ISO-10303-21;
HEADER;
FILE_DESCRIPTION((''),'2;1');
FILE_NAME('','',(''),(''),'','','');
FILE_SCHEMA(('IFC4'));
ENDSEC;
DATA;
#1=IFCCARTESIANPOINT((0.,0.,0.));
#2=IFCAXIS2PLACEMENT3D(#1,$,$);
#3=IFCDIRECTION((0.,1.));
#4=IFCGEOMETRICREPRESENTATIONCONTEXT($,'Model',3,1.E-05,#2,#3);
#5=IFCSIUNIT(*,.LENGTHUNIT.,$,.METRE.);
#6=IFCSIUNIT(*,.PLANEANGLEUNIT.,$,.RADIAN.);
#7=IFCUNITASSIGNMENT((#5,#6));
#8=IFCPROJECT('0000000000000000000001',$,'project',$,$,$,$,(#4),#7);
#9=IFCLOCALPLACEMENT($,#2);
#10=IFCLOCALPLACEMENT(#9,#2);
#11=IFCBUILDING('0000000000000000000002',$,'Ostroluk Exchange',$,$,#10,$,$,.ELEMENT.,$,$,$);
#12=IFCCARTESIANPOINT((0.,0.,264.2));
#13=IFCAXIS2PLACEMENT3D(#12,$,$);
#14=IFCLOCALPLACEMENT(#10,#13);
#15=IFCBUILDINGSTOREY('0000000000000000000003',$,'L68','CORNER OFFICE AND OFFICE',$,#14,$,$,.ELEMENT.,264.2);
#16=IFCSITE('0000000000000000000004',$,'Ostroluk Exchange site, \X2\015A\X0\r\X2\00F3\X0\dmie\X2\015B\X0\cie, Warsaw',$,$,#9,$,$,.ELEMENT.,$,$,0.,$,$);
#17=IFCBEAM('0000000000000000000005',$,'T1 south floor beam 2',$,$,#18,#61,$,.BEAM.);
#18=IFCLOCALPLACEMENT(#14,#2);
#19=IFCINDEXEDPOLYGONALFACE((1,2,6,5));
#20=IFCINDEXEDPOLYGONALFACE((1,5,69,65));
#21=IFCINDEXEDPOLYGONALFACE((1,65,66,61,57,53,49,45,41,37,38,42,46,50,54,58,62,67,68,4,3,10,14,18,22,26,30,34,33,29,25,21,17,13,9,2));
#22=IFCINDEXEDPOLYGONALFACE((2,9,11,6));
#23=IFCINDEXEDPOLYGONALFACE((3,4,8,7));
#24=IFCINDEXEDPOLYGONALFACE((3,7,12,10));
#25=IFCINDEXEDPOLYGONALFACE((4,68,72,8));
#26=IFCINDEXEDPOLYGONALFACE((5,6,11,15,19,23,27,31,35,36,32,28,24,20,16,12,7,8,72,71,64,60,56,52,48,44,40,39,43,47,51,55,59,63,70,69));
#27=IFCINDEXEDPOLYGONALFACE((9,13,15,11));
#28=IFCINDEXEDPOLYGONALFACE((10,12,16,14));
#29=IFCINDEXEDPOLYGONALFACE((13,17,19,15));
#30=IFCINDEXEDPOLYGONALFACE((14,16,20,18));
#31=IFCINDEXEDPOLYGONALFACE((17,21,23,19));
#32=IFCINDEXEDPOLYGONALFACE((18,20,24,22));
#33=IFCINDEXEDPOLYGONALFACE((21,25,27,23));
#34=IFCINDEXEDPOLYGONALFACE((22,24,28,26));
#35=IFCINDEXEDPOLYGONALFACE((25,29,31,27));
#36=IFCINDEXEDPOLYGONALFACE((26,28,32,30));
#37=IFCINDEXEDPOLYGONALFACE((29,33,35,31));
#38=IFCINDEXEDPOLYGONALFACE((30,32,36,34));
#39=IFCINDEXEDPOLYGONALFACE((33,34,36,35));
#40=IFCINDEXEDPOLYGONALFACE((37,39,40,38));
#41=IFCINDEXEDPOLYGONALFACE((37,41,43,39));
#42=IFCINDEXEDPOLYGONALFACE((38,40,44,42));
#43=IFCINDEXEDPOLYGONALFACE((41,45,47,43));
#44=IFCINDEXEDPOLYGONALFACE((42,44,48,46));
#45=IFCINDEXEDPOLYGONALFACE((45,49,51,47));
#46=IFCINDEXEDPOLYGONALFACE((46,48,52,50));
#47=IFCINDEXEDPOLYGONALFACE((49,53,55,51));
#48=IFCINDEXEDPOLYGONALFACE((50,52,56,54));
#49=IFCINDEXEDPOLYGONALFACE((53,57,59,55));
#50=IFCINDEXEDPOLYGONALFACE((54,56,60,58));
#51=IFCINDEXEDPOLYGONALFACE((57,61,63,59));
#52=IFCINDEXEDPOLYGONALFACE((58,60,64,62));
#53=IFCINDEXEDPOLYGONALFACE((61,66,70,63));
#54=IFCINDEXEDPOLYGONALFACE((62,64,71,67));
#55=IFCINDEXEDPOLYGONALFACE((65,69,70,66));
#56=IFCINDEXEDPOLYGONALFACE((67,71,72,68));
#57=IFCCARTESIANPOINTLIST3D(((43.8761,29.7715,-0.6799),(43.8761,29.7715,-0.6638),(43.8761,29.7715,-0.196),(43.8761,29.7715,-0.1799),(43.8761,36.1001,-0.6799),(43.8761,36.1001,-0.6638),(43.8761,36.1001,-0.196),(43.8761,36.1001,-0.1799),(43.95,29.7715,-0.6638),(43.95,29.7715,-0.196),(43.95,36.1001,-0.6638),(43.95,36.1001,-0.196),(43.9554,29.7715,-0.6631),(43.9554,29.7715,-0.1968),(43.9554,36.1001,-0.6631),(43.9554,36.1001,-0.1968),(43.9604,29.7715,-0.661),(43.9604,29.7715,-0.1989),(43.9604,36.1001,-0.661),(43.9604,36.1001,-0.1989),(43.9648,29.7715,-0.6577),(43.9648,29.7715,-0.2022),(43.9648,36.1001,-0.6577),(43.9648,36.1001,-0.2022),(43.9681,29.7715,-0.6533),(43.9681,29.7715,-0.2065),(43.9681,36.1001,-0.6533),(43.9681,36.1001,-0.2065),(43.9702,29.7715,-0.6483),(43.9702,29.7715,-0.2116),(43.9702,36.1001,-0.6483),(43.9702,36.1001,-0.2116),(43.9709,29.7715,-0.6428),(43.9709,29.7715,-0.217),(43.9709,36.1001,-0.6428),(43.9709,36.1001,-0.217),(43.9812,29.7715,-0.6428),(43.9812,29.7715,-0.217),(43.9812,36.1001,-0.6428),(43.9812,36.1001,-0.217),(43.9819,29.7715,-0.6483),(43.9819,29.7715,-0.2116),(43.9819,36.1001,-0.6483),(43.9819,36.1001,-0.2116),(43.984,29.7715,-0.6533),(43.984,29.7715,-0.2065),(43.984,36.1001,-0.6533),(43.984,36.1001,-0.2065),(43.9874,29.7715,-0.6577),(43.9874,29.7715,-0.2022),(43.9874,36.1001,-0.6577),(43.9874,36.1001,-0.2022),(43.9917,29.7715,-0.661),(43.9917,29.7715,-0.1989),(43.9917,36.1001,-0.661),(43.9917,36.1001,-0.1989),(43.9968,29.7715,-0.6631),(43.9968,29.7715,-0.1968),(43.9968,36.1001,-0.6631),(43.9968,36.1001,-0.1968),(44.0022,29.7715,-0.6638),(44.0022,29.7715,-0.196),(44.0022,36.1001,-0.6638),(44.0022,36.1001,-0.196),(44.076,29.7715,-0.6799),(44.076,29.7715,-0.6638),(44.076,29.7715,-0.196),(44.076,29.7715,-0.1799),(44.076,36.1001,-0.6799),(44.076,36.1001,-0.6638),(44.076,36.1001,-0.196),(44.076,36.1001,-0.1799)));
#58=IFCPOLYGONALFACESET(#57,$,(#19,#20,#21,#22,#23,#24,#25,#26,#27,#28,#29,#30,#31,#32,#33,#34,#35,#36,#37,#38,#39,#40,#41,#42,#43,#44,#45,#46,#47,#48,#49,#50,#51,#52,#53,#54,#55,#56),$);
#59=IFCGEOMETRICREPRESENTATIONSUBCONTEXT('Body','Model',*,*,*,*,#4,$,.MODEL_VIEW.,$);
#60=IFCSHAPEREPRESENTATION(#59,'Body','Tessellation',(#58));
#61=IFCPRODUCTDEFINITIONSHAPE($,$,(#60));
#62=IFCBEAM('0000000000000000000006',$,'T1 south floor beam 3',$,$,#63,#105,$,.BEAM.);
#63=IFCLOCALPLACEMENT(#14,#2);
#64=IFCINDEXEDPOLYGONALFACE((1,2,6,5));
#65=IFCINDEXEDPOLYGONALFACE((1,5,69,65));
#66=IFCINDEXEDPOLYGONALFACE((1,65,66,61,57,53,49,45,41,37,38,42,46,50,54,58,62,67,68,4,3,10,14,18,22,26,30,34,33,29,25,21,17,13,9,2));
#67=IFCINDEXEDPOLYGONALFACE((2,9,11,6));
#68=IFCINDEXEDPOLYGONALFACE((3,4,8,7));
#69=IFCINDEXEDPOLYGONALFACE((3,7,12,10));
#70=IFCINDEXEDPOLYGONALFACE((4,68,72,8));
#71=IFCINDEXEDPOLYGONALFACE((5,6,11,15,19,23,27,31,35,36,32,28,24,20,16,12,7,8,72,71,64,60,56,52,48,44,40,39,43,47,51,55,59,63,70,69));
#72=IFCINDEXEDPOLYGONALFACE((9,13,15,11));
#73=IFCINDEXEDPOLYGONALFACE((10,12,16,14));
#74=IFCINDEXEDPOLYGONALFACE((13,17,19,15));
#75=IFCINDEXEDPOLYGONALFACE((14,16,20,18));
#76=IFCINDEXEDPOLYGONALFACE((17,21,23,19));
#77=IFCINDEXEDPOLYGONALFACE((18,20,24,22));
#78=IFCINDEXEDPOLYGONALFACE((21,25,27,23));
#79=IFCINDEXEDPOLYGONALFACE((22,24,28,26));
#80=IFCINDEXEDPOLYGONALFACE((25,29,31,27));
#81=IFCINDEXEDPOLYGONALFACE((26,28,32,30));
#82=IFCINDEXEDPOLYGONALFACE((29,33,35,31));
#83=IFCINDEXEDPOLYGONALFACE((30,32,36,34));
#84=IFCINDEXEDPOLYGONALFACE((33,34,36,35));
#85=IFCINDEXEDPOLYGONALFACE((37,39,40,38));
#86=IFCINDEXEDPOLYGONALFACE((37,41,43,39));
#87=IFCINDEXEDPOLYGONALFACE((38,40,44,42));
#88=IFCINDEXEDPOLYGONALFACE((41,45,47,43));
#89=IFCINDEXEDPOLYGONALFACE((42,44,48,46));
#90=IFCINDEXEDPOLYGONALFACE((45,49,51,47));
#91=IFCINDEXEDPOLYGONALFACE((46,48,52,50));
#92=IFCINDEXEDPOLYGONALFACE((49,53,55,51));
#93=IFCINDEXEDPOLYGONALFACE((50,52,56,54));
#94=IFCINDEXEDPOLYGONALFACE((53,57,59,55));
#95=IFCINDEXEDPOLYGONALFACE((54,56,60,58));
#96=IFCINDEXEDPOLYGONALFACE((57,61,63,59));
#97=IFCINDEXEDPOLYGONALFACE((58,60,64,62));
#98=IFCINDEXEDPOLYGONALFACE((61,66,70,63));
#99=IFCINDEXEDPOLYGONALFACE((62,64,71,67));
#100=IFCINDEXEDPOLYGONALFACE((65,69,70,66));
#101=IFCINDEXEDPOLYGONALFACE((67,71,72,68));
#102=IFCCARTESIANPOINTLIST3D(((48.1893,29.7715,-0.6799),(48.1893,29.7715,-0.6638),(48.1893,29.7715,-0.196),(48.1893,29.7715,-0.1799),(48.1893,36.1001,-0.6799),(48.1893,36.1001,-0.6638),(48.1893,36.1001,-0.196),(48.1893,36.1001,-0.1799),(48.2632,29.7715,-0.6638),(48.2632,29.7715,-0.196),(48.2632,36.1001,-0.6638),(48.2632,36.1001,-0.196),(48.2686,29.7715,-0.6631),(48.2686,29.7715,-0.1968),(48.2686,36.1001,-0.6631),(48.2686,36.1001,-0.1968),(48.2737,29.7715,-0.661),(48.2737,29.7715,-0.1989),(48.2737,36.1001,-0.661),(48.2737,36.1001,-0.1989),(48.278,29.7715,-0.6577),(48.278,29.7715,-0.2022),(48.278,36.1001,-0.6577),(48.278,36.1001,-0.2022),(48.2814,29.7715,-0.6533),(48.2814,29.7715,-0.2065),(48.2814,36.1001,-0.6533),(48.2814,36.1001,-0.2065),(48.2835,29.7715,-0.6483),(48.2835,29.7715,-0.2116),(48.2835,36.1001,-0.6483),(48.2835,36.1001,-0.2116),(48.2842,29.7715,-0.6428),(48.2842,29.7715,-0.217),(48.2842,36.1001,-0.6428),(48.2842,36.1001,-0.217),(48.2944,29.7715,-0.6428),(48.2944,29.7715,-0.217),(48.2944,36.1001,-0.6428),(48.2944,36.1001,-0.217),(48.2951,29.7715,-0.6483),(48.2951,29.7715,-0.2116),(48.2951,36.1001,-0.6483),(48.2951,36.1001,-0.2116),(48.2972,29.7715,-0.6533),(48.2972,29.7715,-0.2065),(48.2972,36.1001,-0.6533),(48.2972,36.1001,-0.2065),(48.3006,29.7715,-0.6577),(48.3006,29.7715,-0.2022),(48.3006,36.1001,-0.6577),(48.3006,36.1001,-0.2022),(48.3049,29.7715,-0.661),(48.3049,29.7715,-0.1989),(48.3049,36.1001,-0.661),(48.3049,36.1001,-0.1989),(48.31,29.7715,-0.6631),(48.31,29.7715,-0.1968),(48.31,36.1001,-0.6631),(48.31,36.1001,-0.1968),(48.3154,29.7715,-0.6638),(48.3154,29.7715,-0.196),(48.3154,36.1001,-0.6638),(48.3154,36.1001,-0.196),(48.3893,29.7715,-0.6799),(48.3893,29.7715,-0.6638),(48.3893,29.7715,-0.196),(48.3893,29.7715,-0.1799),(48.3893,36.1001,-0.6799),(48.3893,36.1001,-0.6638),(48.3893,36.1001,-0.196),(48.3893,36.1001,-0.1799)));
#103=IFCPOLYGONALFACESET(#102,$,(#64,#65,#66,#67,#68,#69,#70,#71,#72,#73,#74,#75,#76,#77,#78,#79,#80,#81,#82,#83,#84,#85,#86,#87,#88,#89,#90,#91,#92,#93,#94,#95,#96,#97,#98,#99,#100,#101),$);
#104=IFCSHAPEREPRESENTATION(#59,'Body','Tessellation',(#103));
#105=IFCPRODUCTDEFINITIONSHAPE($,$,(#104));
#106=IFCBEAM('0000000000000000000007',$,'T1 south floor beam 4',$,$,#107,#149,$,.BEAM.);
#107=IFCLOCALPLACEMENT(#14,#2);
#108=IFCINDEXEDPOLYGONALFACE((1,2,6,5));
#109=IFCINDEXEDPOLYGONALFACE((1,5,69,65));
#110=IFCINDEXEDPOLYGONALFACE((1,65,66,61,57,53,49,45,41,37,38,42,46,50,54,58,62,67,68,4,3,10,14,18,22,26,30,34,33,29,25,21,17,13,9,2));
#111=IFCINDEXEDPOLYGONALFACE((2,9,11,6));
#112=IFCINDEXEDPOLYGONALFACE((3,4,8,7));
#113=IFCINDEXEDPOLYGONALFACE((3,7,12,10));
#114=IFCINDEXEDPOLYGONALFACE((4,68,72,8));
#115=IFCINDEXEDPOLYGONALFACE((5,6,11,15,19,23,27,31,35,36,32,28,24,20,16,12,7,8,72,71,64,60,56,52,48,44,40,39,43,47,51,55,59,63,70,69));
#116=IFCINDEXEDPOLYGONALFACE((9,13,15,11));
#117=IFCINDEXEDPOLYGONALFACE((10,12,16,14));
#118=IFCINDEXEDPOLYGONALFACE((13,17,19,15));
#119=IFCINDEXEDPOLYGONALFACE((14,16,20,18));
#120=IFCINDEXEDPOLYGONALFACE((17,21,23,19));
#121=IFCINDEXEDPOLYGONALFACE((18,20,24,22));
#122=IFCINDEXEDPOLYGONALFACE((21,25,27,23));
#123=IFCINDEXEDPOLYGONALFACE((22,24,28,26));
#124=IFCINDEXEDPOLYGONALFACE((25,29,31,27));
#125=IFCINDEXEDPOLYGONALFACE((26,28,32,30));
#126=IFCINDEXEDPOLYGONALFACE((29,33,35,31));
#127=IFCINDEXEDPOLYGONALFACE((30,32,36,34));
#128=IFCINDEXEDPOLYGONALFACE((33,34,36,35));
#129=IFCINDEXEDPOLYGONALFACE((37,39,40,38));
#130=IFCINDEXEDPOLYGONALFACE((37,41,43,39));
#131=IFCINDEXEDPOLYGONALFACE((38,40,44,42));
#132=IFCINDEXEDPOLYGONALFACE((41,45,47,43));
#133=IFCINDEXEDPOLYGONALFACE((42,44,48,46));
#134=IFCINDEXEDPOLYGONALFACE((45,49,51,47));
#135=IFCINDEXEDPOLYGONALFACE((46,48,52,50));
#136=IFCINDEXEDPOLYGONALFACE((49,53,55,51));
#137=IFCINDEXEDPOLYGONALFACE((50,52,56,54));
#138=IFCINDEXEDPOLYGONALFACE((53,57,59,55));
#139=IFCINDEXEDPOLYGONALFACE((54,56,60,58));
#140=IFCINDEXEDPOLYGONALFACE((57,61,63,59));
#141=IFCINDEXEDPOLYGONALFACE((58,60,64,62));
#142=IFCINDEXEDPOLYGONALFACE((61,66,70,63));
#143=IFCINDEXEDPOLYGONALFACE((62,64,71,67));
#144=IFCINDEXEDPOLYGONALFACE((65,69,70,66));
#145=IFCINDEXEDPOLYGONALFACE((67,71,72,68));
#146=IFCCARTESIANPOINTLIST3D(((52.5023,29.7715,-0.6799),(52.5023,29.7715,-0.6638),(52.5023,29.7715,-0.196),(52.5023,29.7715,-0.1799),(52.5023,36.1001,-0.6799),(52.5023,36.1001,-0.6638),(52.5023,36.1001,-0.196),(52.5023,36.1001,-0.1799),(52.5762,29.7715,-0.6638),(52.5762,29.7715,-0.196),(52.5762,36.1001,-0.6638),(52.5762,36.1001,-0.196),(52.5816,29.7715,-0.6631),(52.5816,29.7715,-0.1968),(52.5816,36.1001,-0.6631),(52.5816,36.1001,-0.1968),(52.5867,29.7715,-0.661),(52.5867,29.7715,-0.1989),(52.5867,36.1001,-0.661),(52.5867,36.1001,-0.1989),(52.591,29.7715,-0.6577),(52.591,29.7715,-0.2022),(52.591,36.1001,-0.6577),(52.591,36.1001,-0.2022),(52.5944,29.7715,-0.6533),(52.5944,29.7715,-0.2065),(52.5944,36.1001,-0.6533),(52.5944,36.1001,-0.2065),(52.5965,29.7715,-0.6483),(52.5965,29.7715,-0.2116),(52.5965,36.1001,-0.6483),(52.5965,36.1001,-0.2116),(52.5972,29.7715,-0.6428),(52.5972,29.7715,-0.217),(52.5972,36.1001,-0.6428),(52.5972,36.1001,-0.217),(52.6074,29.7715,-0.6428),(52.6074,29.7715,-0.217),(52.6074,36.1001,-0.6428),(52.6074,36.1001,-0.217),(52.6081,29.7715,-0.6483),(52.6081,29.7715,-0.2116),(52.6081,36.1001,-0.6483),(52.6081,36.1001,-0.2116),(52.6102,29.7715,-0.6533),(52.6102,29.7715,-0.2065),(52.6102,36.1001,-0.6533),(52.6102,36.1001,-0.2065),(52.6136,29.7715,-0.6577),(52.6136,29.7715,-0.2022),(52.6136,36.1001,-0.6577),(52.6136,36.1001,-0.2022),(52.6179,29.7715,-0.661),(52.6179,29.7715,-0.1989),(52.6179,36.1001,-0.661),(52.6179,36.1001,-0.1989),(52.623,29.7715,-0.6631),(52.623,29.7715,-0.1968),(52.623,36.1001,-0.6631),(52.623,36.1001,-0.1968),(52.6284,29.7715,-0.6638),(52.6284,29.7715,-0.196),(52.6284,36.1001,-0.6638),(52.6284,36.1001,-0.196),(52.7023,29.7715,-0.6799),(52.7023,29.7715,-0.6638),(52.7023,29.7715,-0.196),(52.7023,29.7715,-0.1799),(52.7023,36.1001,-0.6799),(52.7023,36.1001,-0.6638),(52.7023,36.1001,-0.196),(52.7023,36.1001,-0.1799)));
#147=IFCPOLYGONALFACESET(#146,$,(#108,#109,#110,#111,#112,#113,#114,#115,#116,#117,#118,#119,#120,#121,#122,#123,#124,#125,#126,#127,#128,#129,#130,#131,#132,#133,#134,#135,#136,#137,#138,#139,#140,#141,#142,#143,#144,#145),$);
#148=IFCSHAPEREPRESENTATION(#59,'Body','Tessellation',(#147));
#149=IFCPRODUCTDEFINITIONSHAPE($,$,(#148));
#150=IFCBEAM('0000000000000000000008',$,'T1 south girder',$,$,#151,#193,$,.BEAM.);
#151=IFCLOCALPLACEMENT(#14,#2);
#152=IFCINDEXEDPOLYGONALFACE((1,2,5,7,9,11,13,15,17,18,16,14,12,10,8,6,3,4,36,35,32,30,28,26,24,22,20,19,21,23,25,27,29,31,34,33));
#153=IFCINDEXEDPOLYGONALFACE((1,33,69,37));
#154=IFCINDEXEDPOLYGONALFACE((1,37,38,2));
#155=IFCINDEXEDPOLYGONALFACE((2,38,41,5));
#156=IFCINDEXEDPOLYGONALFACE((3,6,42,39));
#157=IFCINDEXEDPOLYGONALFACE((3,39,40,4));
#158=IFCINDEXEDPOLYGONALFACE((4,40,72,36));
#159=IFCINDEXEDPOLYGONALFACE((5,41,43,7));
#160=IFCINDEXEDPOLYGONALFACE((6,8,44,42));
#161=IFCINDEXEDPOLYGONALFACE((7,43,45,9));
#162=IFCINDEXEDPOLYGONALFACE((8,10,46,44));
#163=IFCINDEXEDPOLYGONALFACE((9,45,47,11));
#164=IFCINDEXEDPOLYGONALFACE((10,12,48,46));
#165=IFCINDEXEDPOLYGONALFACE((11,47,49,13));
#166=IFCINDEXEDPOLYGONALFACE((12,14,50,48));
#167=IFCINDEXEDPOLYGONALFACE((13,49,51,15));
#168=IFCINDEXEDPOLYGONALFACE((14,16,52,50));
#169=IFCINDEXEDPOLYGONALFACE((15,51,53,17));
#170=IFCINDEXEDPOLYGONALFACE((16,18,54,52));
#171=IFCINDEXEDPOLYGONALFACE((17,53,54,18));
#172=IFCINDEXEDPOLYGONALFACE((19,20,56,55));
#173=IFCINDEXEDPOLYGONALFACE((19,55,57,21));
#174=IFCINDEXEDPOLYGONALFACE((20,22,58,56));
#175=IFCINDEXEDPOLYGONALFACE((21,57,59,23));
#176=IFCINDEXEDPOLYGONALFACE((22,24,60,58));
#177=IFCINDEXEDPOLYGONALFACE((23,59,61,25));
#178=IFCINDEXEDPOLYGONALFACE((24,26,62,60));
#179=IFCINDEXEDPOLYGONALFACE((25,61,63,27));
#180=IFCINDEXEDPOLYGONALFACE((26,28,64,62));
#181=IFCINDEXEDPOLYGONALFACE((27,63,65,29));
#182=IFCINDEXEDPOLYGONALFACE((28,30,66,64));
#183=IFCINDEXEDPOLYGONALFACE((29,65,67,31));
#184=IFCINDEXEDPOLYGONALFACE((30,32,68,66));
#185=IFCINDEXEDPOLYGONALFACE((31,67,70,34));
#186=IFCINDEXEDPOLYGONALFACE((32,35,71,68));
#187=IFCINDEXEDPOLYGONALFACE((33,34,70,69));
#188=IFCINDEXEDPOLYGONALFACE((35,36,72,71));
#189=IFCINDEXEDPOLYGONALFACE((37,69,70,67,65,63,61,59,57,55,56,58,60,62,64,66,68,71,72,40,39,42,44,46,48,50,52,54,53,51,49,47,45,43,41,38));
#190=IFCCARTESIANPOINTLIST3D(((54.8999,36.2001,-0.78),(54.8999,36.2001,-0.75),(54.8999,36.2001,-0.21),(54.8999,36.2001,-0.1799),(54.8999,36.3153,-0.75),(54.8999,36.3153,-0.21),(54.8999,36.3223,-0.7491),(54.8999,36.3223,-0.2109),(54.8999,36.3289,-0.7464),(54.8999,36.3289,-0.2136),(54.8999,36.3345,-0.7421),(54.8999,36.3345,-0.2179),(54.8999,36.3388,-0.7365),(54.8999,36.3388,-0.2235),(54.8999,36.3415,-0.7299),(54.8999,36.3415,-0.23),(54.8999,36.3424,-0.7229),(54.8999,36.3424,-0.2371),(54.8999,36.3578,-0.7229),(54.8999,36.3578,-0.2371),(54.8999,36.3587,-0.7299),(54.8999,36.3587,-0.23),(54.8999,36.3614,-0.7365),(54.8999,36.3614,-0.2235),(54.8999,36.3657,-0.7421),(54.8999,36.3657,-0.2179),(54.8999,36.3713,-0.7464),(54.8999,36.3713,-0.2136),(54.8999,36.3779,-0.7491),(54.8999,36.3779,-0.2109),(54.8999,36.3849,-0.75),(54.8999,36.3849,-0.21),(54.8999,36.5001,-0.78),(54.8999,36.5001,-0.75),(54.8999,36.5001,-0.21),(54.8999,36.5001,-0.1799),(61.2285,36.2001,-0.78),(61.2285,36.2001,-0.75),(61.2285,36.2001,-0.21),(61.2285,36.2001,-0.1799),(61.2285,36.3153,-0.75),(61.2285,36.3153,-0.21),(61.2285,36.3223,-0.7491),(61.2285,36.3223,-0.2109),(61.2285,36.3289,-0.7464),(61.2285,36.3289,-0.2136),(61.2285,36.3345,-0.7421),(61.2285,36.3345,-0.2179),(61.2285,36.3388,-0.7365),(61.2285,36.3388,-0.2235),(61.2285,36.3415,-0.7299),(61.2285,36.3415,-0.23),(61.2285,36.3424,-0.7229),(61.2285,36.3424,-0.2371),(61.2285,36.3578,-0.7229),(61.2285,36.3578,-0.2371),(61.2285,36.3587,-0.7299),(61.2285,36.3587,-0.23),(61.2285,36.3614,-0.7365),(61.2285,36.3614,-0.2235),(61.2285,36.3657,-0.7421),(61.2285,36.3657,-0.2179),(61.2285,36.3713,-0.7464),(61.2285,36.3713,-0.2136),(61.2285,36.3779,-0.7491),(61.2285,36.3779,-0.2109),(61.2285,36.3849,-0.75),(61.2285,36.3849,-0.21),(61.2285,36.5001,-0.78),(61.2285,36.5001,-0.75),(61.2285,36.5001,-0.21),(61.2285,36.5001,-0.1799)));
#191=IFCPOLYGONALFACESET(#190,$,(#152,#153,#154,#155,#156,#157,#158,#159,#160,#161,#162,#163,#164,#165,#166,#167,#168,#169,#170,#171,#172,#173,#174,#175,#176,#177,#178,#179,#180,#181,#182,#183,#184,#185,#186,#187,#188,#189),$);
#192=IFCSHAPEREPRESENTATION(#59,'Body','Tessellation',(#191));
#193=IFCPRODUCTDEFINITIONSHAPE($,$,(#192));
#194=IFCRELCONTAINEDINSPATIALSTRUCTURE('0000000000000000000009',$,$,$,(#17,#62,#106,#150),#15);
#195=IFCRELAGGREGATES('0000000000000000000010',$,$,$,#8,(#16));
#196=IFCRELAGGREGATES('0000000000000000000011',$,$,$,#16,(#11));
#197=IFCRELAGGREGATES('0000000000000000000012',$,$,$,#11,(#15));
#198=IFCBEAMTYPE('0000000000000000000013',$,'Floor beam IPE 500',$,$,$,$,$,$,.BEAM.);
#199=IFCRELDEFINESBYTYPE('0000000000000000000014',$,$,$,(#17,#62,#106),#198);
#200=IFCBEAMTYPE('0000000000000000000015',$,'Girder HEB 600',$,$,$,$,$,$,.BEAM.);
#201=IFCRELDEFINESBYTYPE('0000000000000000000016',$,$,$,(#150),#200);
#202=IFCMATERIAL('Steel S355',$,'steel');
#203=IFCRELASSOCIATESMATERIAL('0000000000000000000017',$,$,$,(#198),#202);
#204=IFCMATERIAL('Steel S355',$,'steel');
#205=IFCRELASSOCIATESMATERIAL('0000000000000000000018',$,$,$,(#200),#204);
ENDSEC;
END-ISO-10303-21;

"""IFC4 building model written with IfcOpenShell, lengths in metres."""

from ifc_helpers import new_model, si_unit, direction, frame, origin, origin_2d, place, context, subcontext, project, spatial, i_section, extrude, material, material_profile, profile_set, type_object, element, save


model = new_model("IFC4")

# Units and contexts
model_context = context("Model", 3, precision=1e-05, world=origin(), true_north=direction((0.0, 1.0)))
body_context = subcontext(model_context, "Body", "Model", "MODEL_VIEW")
ifc_project = project(units=[si_unit("LENGTHUNIT", "METRE"), si_unit("PLANEANGLEUNIT", "RADIAN")], contexts=[model_context])

# Site, building, storey
site_placement = place(None, origin())
site = spatial("IfcSite", under=ifc_project, at=site_placement, Name="Ostroluk Exchange site, Śródmieście, Warsaw", CompositionType="ELEMENT", RefElevation=0.0)
building_placement = place(site_placement, origin())
building = spatial("IfcBuilding", under=site, at=building_placement, Name="Ostroluk Exchange", CompositionType="ELEMENT")
storey_placement = place(building_placement, frame((0.0, 0.0, 264.2)))
storey = spatial("IfcBuildingStorey", under=building, at=storey_placement, Name="L68", Description="CORNER OFFICE AND OFFICE", CompositionType="ELEMENT", Elevation=264.2)

# Beams
ifc_material_1 = material(Name="Steel S355", Category="steel")
ifc_material_profile_1 = material_profile(ifc_material_1, i_section(OverallWidth=0.2, OverallDepth=0.5, WebThickness=0.0103, FlangeThickness=0.0161, FilletRadius=0.021, at=origin_2d()), Name="IPE 500")
ifc_profile_set_1 = profile_set([ifc_material_profile_1], Name="Steel S355")
beam_type_1 = type_object("IfcBeamType", Name="Floor beam IPE 500", PredefinedType="BEAM", material=ifc_profile_set_1)
for number, where, z_axis, x_axis, name in (
    (1, (43.9761, 36.1001, -0.4299), (0.0, -1.0, 0.0), (1.0, 0.0, 0.0), "T1 south floor beam 2"),
    (2, (48.2893, 36.1001, -0.4299), (0.0, -1.0, 0.0), (1.0, 0.0, 0.0), "T1 south floor beam 3"),
    (3, (52.6023, 36.1001, -0.4299), (0.0, -1.0, 0.0), (1.0, 0.0, 0.0), "T1 south floor beam 4"),
):
    element("IfcBeam", number, at=place(storey_placement, frame(where, z_axis=z_axis, x_axis=x_axis)), inside=storey, type_object=beam_type_1, Name=name, PredefinedType="BEAM", context=body_context, shape_type="SweptSolid", body=[
        extrude(i_section(OverallWidth=0.2, OverallDepth=0.5, WebThickness=0.0103, FlangeThickness=0.0161, FilletRadius=0.021, at=origin_2d()), origin(), (0.0, 0.0, 1.0), 6.3286),
    ])
ifc_material_2 = material(Name="Steel S355", Category="steel")
ifc_material_profile_2 = material_profile(ifc_material_2, i_section(OverallWidth=0.3, OverallDepth=0.6001, WebThickness=0.0154, FlangeThickness=0.03, FilletRadius=0.0271, at=origin_2d()), Name="HEB 600")
ifc_profile_set_2 = profile_set([ifc_material_profile_2], Name="Steel S355")
beam_type_2 = type_object("IfcBeamType", Name="Girder HEB 600", PredefinedType="BEAM", material=ifc_profile_set_2)
beam_1_placement = place(storey_placement, frame((54.8999, 36.3501, -0.48), z_axis=(1.0, 0.0, 0.0), x_axis=(0.0, 1.0, 0.0)))
element("IfcBeam", 4, at=beam_1_placement, inside=storey, type_object=beam_type_2, Name="T1 south girder", PredefinedType="BEAM", context=body_context, shape_type="SweptSolid", body=[
    extrude(i_section(OverallWidth=0.3, OverallDepth=0.6001, WebThickness=0.0154, FlangeThickness=0.03, FilletRadius=0.0271, at=origin_2d()), origin(), (0.0, 0.0, 1.0), 6.3286),
])

save(model, "model.ifc")
